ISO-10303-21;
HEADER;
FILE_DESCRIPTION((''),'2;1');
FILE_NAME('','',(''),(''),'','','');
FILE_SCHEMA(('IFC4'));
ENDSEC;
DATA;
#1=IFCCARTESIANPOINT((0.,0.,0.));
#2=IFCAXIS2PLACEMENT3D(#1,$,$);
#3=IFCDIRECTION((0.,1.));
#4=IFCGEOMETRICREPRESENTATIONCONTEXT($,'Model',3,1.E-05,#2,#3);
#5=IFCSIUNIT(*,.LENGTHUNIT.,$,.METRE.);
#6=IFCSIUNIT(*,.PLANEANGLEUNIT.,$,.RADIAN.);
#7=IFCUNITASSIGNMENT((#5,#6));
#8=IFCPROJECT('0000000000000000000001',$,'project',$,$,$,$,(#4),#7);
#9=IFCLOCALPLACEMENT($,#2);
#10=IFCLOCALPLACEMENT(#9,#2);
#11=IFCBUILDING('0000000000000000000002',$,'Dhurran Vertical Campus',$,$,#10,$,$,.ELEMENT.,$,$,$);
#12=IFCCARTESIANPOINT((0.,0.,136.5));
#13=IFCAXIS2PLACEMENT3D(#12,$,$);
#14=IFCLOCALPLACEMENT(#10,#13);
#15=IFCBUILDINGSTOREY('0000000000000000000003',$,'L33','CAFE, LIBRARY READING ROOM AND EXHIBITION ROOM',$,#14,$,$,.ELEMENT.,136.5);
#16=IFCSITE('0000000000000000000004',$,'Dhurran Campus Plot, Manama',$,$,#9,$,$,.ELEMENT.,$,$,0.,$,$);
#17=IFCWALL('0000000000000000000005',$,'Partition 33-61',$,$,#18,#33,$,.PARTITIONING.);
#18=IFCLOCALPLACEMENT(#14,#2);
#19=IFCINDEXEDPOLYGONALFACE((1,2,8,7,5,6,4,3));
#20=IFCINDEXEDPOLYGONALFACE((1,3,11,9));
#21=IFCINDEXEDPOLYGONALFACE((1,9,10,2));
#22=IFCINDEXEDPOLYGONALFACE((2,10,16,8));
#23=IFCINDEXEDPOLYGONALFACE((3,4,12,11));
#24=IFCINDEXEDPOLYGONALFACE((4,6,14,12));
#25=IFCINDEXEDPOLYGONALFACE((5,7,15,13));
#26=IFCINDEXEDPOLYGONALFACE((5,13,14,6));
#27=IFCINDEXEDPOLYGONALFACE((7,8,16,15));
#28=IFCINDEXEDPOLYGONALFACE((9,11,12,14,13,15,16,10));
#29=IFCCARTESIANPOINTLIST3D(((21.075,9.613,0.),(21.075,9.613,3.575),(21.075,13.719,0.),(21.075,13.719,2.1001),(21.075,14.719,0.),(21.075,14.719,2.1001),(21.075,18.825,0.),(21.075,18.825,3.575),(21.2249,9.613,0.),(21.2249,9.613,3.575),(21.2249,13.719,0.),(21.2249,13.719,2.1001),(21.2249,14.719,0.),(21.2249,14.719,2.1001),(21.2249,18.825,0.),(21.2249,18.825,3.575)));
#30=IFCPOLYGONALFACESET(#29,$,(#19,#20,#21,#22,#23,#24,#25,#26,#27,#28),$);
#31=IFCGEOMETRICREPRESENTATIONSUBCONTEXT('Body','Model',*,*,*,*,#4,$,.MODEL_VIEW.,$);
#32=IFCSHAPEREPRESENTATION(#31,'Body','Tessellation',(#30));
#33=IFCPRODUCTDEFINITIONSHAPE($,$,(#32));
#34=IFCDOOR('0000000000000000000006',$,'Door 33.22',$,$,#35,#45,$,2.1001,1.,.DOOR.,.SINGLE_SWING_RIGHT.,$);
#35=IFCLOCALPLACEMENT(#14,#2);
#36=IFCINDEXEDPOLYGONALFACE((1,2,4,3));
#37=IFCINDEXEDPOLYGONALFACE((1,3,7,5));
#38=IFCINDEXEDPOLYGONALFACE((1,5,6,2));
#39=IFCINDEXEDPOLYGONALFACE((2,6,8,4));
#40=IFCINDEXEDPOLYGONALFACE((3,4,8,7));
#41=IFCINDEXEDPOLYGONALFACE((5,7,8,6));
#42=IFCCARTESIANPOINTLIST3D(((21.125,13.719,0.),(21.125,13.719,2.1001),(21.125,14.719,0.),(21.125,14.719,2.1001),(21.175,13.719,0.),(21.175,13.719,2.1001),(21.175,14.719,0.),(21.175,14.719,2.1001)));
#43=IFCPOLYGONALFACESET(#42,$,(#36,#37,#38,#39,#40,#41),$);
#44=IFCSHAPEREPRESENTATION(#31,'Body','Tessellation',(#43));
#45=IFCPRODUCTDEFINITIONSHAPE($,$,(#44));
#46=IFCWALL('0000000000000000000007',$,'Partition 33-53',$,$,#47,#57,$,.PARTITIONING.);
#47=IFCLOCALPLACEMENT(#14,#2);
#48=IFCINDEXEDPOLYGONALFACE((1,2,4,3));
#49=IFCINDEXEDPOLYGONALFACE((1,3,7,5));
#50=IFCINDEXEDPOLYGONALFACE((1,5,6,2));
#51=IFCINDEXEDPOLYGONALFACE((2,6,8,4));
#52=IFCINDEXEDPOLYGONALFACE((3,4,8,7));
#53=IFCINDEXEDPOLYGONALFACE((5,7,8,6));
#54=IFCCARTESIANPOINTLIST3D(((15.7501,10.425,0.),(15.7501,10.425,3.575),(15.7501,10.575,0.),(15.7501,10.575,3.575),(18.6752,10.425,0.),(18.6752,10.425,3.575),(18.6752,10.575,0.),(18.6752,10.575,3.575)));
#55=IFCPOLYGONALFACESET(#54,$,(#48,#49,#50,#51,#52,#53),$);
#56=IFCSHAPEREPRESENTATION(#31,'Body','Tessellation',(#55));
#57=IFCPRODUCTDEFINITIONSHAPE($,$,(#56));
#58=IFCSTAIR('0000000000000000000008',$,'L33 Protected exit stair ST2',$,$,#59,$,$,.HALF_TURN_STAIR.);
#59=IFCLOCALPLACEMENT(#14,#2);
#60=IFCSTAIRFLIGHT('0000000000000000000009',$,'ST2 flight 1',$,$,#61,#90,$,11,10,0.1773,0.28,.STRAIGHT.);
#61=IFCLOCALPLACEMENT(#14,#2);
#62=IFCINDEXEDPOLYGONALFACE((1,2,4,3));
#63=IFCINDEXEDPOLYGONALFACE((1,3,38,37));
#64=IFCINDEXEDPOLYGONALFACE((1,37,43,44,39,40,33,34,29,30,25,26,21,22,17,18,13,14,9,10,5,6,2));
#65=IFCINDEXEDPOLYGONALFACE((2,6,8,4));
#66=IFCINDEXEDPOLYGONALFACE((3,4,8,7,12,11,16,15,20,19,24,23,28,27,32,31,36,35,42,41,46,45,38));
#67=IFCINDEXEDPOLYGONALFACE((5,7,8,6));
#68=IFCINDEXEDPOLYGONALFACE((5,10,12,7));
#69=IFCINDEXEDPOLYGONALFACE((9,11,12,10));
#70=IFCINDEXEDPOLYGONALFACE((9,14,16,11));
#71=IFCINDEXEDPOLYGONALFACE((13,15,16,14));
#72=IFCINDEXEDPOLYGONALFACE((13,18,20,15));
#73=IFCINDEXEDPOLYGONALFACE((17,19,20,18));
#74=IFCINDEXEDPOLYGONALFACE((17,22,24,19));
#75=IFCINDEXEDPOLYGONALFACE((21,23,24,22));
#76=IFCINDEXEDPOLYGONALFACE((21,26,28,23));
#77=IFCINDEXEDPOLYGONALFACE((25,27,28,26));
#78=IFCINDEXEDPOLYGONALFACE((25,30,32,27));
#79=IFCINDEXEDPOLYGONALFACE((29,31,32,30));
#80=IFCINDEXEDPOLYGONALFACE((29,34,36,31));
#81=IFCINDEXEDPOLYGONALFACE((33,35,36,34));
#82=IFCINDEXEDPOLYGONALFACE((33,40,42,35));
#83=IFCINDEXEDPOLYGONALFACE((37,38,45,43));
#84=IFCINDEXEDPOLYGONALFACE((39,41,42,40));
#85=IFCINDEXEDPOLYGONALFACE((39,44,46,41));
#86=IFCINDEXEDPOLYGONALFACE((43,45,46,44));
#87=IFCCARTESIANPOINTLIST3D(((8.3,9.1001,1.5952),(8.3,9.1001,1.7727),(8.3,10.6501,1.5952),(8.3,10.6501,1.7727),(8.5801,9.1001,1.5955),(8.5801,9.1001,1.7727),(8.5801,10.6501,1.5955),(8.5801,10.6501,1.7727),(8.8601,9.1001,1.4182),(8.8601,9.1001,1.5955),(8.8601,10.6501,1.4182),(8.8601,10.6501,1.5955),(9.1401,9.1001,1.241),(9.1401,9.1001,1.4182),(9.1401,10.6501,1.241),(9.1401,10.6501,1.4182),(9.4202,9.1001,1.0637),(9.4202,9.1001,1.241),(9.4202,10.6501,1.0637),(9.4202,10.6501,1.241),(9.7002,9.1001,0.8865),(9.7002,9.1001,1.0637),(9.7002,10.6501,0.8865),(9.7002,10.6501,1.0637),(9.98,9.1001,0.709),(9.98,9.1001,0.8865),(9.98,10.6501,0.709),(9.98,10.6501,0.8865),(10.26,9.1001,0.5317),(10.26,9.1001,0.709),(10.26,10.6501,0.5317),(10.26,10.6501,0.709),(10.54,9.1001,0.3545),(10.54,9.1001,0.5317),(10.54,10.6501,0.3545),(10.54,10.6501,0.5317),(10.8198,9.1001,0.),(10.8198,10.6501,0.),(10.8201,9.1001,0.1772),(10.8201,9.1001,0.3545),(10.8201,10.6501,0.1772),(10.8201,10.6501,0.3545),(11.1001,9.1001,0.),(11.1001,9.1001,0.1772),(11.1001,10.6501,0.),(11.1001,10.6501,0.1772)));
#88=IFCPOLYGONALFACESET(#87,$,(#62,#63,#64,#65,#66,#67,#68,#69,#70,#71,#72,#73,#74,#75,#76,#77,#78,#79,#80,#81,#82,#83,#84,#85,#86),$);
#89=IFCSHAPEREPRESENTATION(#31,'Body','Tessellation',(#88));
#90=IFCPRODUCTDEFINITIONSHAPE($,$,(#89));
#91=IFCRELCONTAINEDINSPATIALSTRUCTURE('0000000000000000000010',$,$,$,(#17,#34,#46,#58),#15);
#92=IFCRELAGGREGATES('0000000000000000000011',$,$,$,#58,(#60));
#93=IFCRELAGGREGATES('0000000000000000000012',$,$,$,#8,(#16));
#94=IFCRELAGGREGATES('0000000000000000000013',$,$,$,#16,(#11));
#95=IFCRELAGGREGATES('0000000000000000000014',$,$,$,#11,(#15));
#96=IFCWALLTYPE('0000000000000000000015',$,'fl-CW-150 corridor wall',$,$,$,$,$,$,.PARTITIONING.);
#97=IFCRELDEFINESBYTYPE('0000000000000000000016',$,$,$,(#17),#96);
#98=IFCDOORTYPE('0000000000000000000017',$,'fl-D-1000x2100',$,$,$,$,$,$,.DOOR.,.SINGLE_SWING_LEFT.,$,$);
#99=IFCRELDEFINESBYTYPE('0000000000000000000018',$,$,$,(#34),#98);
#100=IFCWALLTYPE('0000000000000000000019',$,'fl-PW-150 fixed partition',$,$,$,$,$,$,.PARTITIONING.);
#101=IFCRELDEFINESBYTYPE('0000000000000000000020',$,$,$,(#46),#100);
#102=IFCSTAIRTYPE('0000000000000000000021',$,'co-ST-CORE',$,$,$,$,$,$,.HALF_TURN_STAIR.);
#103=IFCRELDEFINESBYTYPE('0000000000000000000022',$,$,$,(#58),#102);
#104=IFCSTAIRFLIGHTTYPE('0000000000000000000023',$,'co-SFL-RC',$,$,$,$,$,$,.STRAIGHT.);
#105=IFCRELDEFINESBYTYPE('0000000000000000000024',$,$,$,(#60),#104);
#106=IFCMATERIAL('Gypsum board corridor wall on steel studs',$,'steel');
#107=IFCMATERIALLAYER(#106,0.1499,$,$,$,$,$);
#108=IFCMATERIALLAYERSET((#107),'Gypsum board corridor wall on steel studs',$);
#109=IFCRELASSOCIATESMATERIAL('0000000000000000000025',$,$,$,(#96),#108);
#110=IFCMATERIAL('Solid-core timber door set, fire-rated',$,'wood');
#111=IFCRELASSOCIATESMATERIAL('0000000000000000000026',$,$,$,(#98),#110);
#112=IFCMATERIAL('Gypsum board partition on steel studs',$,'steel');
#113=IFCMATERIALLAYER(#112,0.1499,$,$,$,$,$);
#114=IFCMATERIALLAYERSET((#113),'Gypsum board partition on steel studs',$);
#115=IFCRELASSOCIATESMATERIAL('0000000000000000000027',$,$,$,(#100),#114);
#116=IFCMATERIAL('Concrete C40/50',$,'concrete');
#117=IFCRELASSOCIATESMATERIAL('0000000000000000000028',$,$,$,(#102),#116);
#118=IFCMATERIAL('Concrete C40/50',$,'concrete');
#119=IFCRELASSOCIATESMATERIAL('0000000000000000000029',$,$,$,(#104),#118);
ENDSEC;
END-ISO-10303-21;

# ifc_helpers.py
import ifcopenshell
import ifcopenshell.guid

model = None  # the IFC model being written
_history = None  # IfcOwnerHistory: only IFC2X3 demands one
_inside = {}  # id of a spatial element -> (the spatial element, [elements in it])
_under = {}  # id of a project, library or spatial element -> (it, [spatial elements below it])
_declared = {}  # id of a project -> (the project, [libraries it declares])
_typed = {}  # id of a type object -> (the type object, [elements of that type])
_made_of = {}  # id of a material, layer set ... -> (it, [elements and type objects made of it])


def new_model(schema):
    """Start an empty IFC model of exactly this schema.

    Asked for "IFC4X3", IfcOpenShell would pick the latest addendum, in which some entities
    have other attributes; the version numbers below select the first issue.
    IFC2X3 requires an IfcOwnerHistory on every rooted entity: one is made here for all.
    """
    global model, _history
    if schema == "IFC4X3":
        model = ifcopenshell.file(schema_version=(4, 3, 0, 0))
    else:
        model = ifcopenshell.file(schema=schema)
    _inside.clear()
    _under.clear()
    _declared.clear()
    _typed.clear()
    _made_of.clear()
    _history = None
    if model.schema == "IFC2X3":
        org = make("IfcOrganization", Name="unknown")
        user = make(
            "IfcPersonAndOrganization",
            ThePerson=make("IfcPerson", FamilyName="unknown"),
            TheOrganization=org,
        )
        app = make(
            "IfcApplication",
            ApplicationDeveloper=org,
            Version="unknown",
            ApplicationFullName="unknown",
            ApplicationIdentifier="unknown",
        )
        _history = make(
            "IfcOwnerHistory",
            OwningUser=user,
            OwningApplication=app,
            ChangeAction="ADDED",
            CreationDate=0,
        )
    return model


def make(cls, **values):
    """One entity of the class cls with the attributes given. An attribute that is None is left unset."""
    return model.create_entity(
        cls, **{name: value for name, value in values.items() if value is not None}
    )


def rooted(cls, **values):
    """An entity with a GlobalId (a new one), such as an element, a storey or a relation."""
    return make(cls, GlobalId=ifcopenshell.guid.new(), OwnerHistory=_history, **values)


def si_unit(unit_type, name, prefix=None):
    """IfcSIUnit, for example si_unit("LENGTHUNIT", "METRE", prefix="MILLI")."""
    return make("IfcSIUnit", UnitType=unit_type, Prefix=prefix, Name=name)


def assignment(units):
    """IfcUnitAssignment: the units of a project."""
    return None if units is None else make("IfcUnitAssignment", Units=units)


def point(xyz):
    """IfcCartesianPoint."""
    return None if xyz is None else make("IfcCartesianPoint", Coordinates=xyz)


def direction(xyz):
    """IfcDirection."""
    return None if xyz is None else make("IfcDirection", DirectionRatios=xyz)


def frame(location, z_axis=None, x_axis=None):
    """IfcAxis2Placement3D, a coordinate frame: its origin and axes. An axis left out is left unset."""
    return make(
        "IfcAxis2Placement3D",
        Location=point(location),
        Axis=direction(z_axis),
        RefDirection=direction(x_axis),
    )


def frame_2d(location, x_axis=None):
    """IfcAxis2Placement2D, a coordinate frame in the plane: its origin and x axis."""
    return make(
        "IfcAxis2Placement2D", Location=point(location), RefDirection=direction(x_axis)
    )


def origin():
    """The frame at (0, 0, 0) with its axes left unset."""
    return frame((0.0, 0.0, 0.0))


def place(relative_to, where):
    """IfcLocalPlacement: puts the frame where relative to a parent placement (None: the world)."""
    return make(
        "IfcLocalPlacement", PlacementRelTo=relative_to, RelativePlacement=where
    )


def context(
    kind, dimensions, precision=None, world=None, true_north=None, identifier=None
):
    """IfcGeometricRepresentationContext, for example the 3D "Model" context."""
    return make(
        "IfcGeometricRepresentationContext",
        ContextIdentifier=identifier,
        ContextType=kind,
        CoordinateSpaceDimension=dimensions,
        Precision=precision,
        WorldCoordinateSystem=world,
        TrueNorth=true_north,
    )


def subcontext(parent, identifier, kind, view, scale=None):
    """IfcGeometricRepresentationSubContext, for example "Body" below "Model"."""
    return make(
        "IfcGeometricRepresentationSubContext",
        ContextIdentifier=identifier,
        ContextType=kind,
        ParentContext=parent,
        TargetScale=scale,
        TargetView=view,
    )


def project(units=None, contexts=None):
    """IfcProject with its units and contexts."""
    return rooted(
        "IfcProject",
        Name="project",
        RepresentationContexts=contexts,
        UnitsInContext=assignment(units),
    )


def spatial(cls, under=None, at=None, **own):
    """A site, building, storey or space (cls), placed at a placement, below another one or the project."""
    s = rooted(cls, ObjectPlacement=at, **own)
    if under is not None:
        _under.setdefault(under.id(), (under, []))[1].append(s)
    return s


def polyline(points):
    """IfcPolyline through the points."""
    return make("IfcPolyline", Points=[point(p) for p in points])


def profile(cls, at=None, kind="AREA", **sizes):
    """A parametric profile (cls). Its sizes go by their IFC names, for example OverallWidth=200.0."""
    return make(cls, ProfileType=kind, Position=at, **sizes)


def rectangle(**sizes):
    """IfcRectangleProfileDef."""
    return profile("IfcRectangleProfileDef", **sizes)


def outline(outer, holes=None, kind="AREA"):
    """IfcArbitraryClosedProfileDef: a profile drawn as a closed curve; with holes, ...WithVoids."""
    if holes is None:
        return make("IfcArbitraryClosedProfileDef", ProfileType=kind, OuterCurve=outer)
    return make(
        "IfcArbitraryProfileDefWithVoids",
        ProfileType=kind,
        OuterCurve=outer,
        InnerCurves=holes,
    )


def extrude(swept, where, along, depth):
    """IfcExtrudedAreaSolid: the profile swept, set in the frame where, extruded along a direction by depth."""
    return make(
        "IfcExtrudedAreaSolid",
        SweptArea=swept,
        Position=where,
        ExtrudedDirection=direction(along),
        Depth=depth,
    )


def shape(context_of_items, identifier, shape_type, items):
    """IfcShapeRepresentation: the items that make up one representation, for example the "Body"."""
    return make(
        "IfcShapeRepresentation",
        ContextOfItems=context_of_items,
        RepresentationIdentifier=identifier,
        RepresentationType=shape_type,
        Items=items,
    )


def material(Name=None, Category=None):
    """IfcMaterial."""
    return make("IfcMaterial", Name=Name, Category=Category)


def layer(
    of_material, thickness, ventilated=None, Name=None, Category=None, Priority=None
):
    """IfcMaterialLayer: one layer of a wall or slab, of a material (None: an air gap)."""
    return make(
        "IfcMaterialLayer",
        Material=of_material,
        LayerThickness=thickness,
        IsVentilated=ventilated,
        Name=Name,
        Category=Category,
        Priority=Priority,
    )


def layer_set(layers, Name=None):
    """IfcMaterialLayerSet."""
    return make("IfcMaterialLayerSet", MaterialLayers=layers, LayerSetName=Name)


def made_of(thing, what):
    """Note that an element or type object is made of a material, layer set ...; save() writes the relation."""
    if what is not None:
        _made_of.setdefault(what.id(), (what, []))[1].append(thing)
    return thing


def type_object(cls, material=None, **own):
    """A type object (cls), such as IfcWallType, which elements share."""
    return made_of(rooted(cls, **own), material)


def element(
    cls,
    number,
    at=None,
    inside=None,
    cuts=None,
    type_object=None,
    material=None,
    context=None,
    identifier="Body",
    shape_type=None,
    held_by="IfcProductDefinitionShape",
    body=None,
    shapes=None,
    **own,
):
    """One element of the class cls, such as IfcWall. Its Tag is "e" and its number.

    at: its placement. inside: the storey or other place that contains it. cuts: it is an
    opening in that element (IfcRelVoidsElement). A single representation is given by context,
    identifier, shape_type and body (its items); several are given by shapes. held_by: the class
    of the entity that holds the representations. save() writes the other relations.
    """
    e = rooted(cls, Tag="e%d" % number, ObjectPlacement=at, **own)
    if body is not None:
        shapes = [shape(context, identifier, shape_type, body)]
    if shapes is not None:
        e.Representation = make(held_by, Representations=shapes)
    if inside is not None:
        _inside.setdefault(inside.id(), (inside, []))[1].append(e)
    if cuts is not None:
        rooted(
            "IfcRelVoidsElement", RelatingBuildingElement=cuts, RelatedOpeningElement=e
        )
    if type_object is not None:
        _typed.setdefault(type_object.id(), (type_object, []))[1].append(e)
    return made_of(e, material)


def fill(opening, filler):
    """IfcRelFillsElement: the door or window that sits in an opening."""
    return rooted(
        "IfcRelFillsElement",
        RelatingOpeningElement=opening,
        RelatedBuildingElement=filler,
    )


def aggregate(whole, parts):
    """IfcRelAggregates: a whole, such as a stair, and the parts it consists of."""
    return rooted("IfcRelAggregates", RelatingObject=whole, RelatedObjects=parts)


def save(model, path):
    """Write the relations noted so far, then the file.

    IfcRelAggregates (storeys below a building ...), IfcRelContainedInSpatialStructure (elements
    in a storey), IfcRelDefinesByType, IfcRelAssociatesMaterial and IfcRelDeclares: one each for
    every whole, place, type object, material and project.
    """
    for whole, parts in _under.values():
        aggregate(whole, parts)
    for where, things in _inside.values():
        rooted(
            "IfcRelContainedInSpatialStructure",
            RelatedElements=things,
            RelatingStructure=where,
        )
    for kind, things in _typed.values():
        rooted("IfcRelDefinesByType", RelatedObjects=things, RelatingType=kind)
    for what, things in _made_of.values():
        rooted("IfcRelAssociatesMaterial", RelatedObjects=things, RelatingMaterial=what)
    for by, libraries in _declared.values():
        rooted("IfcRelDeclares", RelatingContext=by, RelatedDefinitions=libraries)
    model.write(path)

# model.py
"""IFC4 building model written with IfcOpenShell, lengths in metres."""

from ifc_helpers import new_model, si_unit, direction, frame, frame_2d, origin, place, context, subcontext, project, spatial, polyline, rectangle, outline, extrude, material, layer, layer_set, type_object, element, fill, aggregate, save


model = new_model("IFC4")

# Units and contexts
model_context = context("Model", 3, precision=1e-05, world=origin(), true_north=direction((0.0, 1.0)))
body_context = subcontext(model_context, "Body", "Model", "MODEL_VIEW")
ifc_project = project(units=[si_unit("LENGTHUNIT", "METRE"), si_unit("PLANEANGLEUNIT", "RADIAN")], contexts=[model_context])

# Site, building, storey
site_placement = place(None, origin())
site = spatial("IfcSite", under=ifc_project, at=site_placement, Name="Dhurran Campus Plot, Manama", CompositionType="ELEMENT", RefElevation=0.0)
building_placement = place(site_placement, origin())
building = spatial("IfcBuilding", under=site, at=building_placement, Name="Dhurran Vertical Campus", CompositionType="ELEMENT")
storey_placement = place(building_placement, frame((0.0, 0.0, 136.5)))
storey = spatial("IfcBuildingStorey", under=building, at=storey_placement, Name="L33", Description="CAFE, LIBRARY READING ROOM AND EXHIBITION ROOM", CompositionType="ELEMENT", Elevation=136.5)

# Shared definitions
ifc_material_1 = material(Name="Gypsum board corridor wall on steel studs", Category="steel")
ifc_layer_1 = layer(ifc_material_1, 0.1499)
ifc_layer_set_1 = layer_set([ifc_layer_1], Name="Gypsum board corridor wall on steel studs")
wall_type_1 = type_object("IfcWallType", Name="fl-CW-150 corridor wall", PredefinedType="PARTITIONING", material=ifc_layer_set_1)

# Wall, opening, door
ifc_material_2 = material(Name="Solid-core timber door set, fire-rated", Category="wood")
door_type_1 = type_object("IfcDoorType", Name="fl-D-1000x2100", OperationType="SINGLE_SWING_LEFT", PredefinedType="DOOR", material=ifc_material_2)
wall_1_placement = place(storey_placement, frame((21.1499, 9.613, 0.0), z_axis=(0.0, 0.0, 1.0), x_axis=(0.0, 1.0, 0.0)))
wall_1 = element("IfcWall", 1, at=wall_1_placement, inside=storey, type_object=wall_type_1, Name="Partition 33-61", PredefinedType="PARTITIONING", context=body_context, shape_type="SweptSolid", body=[
    extrude(rectangle(XDim=9.2119, YDim=0.1499, at=frame_2d((4.606, 0.0))), origin(), (0.0, 0.0, 1.0), 3.575),
])
opening_1_placement = place(wall_1_placement, frame((4.106, 0.0, 0.0)))
opening_1 = element("IfcOpeningElement", 2, at=opening_1_placement, cuts=wall_1, PredefinedType="OPENING", context=body_context, shape_type="SweptSolid", body=[
    extrude(rectangle(XDim=1.0, YDim=2.1001, at=frame_2d((0.5, 1.05))), frame((0.0, 0.085, 0.0), z_axis=(0.0, -1.0, 0.0), x_axis=(1.0, 0.0, 0.0)), (0.0, 0.0, 1.0), 0.1699),
])
door_1_placement = place(opening_1_placement, origin())
door_1 = element("IfcDoor", 3, at=door_1_placement, inside=storey, type_object=door_type_1, Name="Door 33.22", OperationType="SINGLE_SWING_RIGHT", OverallHeight=2.1001, OverallWidth=1.0, PredefinedType="DOOR", context=body_context, shape_type="SweptSolid", body=[
    extrude(rectangle(XDim=1.0, YDim=2.1001, at=frame_2d((0.5, 1.05))), frame((0.0, 0.0249, 0.0), z_axis=(0.0, -1.0, 0.0), x_axis=(1.0, 0.0, 0.0)), (0.0, 0.0, 1.0), 0.05),
])
fill(opening_1, door_1)

# Wall
ifc_material_3 = material(Name="Gypsum board partition on steel studs", Category="steel")
ifc_layer_2 = layer(ifc_material_3, 0.1499)
ifc_layer_set_2 = layer_set([ifc_layer_2], Name="Gypsum board partition on steel studs")
wall_type_2 = type_object("IfcWallType", Name="fl-PW-150 fixed partition", PredefinedType="PARTITIONING", material=ifc_layer_set_2)
wall_2_placement = place(storey_placement, frame((18.675, 10.5, 0.0), z_axis=(0.0, 0.0, 1.0), x_axis=(-1.0, 0.0, 0.0)))
element("IfcWall", 4, at=wall_2_placement, inside=storey, type_object=wall_type_2, Name="Partition 33-53", PredefinedType="PARTITIONING", context=body_context, shape_type="SweptSolid", body=[
    extrude(rectangle(XDim=2.925, YDim=0.1499, at=frame_2d((1.4624, 0.0))), origin(), (0.0, 0.0, 1.0), 3.575),
])

# Stair, stair flight
ifc_material_4 = material(Name="Concrete C40/50", Category="concrete")
stair_type = type_object("IfcStairType", Name="co-ST-CORE", PredefinedType="HALF_TURN_STAIR", material=ifc_material_4)
stair_placement = place(storey_placement, origin())
stair = element("IfcStair", 5, at=stair_placement, inside=storey, type_object=stair_type, Name="L33 Protected exit stair ST2", PredefinedType="HALF_TURN_STAIR")
ifc_material_5 = material(Name="Concrete C40/50", Category="concrete")
stair_flight_type = type_object("IfcStairFlightType", Name="co-SFL-RC", PredefinedType="STRAIGHT", material=ifc_material_5)
stair_flight_placement = place(storey_placement, frame((11.1001, 9.875, 0.0), z_axis=(0.0, 0.0, 1.0), x_axis=(-1.0, 0.0, 0.0)))
stair_flight = element("IfcStairFlight", 6, at=stair_flight_placement, type_object=stair_flight_type, Name="ST2 flight 1", NumberOfRisers=11, NumberOfTreads=10, PredefinedType="STRAIGHT", RiserHeight=0.1773, TreadLength=0.28, context=body_context, shape_type="SweptSolid", body=[
    extrude(outline(polyline([(0.0, 0.0), (0.0, 0.1772), (0.28, 0.1772), (0.28, 0.3545), (0.5601, 0.3545), (0.5601, 0.5317), (0.8401, 0.5317), (0.8401, 0.709), (1.1201, 0.709), (1.1201, 0.8865), (1.3999, 0.8865), (1.3999, 1.0637), (1.6799, 1.0637), (1.6799, 1.241), (1.96, 1.241), (1.96, 1.4182), (2.24, 1.4182), (2.24, 1.5955), (2.52, 1.5955), (2.52, 1.7727), (2.8, 1.7727), (2.8, 1.95), (2.8, 1.5952), (0.2803, 0.0), (0.0, 0.0)])), frame((0.0, 0.7749, 0.0), z_axis=(0.0, -1.0, 0.0), x_axis=(1.0, 0.0, 0.0)), (0.0, 0.0, 1.0), 1.55),
])
aggregate(stair, [stair_flight])

save(model, "model.ifc")
